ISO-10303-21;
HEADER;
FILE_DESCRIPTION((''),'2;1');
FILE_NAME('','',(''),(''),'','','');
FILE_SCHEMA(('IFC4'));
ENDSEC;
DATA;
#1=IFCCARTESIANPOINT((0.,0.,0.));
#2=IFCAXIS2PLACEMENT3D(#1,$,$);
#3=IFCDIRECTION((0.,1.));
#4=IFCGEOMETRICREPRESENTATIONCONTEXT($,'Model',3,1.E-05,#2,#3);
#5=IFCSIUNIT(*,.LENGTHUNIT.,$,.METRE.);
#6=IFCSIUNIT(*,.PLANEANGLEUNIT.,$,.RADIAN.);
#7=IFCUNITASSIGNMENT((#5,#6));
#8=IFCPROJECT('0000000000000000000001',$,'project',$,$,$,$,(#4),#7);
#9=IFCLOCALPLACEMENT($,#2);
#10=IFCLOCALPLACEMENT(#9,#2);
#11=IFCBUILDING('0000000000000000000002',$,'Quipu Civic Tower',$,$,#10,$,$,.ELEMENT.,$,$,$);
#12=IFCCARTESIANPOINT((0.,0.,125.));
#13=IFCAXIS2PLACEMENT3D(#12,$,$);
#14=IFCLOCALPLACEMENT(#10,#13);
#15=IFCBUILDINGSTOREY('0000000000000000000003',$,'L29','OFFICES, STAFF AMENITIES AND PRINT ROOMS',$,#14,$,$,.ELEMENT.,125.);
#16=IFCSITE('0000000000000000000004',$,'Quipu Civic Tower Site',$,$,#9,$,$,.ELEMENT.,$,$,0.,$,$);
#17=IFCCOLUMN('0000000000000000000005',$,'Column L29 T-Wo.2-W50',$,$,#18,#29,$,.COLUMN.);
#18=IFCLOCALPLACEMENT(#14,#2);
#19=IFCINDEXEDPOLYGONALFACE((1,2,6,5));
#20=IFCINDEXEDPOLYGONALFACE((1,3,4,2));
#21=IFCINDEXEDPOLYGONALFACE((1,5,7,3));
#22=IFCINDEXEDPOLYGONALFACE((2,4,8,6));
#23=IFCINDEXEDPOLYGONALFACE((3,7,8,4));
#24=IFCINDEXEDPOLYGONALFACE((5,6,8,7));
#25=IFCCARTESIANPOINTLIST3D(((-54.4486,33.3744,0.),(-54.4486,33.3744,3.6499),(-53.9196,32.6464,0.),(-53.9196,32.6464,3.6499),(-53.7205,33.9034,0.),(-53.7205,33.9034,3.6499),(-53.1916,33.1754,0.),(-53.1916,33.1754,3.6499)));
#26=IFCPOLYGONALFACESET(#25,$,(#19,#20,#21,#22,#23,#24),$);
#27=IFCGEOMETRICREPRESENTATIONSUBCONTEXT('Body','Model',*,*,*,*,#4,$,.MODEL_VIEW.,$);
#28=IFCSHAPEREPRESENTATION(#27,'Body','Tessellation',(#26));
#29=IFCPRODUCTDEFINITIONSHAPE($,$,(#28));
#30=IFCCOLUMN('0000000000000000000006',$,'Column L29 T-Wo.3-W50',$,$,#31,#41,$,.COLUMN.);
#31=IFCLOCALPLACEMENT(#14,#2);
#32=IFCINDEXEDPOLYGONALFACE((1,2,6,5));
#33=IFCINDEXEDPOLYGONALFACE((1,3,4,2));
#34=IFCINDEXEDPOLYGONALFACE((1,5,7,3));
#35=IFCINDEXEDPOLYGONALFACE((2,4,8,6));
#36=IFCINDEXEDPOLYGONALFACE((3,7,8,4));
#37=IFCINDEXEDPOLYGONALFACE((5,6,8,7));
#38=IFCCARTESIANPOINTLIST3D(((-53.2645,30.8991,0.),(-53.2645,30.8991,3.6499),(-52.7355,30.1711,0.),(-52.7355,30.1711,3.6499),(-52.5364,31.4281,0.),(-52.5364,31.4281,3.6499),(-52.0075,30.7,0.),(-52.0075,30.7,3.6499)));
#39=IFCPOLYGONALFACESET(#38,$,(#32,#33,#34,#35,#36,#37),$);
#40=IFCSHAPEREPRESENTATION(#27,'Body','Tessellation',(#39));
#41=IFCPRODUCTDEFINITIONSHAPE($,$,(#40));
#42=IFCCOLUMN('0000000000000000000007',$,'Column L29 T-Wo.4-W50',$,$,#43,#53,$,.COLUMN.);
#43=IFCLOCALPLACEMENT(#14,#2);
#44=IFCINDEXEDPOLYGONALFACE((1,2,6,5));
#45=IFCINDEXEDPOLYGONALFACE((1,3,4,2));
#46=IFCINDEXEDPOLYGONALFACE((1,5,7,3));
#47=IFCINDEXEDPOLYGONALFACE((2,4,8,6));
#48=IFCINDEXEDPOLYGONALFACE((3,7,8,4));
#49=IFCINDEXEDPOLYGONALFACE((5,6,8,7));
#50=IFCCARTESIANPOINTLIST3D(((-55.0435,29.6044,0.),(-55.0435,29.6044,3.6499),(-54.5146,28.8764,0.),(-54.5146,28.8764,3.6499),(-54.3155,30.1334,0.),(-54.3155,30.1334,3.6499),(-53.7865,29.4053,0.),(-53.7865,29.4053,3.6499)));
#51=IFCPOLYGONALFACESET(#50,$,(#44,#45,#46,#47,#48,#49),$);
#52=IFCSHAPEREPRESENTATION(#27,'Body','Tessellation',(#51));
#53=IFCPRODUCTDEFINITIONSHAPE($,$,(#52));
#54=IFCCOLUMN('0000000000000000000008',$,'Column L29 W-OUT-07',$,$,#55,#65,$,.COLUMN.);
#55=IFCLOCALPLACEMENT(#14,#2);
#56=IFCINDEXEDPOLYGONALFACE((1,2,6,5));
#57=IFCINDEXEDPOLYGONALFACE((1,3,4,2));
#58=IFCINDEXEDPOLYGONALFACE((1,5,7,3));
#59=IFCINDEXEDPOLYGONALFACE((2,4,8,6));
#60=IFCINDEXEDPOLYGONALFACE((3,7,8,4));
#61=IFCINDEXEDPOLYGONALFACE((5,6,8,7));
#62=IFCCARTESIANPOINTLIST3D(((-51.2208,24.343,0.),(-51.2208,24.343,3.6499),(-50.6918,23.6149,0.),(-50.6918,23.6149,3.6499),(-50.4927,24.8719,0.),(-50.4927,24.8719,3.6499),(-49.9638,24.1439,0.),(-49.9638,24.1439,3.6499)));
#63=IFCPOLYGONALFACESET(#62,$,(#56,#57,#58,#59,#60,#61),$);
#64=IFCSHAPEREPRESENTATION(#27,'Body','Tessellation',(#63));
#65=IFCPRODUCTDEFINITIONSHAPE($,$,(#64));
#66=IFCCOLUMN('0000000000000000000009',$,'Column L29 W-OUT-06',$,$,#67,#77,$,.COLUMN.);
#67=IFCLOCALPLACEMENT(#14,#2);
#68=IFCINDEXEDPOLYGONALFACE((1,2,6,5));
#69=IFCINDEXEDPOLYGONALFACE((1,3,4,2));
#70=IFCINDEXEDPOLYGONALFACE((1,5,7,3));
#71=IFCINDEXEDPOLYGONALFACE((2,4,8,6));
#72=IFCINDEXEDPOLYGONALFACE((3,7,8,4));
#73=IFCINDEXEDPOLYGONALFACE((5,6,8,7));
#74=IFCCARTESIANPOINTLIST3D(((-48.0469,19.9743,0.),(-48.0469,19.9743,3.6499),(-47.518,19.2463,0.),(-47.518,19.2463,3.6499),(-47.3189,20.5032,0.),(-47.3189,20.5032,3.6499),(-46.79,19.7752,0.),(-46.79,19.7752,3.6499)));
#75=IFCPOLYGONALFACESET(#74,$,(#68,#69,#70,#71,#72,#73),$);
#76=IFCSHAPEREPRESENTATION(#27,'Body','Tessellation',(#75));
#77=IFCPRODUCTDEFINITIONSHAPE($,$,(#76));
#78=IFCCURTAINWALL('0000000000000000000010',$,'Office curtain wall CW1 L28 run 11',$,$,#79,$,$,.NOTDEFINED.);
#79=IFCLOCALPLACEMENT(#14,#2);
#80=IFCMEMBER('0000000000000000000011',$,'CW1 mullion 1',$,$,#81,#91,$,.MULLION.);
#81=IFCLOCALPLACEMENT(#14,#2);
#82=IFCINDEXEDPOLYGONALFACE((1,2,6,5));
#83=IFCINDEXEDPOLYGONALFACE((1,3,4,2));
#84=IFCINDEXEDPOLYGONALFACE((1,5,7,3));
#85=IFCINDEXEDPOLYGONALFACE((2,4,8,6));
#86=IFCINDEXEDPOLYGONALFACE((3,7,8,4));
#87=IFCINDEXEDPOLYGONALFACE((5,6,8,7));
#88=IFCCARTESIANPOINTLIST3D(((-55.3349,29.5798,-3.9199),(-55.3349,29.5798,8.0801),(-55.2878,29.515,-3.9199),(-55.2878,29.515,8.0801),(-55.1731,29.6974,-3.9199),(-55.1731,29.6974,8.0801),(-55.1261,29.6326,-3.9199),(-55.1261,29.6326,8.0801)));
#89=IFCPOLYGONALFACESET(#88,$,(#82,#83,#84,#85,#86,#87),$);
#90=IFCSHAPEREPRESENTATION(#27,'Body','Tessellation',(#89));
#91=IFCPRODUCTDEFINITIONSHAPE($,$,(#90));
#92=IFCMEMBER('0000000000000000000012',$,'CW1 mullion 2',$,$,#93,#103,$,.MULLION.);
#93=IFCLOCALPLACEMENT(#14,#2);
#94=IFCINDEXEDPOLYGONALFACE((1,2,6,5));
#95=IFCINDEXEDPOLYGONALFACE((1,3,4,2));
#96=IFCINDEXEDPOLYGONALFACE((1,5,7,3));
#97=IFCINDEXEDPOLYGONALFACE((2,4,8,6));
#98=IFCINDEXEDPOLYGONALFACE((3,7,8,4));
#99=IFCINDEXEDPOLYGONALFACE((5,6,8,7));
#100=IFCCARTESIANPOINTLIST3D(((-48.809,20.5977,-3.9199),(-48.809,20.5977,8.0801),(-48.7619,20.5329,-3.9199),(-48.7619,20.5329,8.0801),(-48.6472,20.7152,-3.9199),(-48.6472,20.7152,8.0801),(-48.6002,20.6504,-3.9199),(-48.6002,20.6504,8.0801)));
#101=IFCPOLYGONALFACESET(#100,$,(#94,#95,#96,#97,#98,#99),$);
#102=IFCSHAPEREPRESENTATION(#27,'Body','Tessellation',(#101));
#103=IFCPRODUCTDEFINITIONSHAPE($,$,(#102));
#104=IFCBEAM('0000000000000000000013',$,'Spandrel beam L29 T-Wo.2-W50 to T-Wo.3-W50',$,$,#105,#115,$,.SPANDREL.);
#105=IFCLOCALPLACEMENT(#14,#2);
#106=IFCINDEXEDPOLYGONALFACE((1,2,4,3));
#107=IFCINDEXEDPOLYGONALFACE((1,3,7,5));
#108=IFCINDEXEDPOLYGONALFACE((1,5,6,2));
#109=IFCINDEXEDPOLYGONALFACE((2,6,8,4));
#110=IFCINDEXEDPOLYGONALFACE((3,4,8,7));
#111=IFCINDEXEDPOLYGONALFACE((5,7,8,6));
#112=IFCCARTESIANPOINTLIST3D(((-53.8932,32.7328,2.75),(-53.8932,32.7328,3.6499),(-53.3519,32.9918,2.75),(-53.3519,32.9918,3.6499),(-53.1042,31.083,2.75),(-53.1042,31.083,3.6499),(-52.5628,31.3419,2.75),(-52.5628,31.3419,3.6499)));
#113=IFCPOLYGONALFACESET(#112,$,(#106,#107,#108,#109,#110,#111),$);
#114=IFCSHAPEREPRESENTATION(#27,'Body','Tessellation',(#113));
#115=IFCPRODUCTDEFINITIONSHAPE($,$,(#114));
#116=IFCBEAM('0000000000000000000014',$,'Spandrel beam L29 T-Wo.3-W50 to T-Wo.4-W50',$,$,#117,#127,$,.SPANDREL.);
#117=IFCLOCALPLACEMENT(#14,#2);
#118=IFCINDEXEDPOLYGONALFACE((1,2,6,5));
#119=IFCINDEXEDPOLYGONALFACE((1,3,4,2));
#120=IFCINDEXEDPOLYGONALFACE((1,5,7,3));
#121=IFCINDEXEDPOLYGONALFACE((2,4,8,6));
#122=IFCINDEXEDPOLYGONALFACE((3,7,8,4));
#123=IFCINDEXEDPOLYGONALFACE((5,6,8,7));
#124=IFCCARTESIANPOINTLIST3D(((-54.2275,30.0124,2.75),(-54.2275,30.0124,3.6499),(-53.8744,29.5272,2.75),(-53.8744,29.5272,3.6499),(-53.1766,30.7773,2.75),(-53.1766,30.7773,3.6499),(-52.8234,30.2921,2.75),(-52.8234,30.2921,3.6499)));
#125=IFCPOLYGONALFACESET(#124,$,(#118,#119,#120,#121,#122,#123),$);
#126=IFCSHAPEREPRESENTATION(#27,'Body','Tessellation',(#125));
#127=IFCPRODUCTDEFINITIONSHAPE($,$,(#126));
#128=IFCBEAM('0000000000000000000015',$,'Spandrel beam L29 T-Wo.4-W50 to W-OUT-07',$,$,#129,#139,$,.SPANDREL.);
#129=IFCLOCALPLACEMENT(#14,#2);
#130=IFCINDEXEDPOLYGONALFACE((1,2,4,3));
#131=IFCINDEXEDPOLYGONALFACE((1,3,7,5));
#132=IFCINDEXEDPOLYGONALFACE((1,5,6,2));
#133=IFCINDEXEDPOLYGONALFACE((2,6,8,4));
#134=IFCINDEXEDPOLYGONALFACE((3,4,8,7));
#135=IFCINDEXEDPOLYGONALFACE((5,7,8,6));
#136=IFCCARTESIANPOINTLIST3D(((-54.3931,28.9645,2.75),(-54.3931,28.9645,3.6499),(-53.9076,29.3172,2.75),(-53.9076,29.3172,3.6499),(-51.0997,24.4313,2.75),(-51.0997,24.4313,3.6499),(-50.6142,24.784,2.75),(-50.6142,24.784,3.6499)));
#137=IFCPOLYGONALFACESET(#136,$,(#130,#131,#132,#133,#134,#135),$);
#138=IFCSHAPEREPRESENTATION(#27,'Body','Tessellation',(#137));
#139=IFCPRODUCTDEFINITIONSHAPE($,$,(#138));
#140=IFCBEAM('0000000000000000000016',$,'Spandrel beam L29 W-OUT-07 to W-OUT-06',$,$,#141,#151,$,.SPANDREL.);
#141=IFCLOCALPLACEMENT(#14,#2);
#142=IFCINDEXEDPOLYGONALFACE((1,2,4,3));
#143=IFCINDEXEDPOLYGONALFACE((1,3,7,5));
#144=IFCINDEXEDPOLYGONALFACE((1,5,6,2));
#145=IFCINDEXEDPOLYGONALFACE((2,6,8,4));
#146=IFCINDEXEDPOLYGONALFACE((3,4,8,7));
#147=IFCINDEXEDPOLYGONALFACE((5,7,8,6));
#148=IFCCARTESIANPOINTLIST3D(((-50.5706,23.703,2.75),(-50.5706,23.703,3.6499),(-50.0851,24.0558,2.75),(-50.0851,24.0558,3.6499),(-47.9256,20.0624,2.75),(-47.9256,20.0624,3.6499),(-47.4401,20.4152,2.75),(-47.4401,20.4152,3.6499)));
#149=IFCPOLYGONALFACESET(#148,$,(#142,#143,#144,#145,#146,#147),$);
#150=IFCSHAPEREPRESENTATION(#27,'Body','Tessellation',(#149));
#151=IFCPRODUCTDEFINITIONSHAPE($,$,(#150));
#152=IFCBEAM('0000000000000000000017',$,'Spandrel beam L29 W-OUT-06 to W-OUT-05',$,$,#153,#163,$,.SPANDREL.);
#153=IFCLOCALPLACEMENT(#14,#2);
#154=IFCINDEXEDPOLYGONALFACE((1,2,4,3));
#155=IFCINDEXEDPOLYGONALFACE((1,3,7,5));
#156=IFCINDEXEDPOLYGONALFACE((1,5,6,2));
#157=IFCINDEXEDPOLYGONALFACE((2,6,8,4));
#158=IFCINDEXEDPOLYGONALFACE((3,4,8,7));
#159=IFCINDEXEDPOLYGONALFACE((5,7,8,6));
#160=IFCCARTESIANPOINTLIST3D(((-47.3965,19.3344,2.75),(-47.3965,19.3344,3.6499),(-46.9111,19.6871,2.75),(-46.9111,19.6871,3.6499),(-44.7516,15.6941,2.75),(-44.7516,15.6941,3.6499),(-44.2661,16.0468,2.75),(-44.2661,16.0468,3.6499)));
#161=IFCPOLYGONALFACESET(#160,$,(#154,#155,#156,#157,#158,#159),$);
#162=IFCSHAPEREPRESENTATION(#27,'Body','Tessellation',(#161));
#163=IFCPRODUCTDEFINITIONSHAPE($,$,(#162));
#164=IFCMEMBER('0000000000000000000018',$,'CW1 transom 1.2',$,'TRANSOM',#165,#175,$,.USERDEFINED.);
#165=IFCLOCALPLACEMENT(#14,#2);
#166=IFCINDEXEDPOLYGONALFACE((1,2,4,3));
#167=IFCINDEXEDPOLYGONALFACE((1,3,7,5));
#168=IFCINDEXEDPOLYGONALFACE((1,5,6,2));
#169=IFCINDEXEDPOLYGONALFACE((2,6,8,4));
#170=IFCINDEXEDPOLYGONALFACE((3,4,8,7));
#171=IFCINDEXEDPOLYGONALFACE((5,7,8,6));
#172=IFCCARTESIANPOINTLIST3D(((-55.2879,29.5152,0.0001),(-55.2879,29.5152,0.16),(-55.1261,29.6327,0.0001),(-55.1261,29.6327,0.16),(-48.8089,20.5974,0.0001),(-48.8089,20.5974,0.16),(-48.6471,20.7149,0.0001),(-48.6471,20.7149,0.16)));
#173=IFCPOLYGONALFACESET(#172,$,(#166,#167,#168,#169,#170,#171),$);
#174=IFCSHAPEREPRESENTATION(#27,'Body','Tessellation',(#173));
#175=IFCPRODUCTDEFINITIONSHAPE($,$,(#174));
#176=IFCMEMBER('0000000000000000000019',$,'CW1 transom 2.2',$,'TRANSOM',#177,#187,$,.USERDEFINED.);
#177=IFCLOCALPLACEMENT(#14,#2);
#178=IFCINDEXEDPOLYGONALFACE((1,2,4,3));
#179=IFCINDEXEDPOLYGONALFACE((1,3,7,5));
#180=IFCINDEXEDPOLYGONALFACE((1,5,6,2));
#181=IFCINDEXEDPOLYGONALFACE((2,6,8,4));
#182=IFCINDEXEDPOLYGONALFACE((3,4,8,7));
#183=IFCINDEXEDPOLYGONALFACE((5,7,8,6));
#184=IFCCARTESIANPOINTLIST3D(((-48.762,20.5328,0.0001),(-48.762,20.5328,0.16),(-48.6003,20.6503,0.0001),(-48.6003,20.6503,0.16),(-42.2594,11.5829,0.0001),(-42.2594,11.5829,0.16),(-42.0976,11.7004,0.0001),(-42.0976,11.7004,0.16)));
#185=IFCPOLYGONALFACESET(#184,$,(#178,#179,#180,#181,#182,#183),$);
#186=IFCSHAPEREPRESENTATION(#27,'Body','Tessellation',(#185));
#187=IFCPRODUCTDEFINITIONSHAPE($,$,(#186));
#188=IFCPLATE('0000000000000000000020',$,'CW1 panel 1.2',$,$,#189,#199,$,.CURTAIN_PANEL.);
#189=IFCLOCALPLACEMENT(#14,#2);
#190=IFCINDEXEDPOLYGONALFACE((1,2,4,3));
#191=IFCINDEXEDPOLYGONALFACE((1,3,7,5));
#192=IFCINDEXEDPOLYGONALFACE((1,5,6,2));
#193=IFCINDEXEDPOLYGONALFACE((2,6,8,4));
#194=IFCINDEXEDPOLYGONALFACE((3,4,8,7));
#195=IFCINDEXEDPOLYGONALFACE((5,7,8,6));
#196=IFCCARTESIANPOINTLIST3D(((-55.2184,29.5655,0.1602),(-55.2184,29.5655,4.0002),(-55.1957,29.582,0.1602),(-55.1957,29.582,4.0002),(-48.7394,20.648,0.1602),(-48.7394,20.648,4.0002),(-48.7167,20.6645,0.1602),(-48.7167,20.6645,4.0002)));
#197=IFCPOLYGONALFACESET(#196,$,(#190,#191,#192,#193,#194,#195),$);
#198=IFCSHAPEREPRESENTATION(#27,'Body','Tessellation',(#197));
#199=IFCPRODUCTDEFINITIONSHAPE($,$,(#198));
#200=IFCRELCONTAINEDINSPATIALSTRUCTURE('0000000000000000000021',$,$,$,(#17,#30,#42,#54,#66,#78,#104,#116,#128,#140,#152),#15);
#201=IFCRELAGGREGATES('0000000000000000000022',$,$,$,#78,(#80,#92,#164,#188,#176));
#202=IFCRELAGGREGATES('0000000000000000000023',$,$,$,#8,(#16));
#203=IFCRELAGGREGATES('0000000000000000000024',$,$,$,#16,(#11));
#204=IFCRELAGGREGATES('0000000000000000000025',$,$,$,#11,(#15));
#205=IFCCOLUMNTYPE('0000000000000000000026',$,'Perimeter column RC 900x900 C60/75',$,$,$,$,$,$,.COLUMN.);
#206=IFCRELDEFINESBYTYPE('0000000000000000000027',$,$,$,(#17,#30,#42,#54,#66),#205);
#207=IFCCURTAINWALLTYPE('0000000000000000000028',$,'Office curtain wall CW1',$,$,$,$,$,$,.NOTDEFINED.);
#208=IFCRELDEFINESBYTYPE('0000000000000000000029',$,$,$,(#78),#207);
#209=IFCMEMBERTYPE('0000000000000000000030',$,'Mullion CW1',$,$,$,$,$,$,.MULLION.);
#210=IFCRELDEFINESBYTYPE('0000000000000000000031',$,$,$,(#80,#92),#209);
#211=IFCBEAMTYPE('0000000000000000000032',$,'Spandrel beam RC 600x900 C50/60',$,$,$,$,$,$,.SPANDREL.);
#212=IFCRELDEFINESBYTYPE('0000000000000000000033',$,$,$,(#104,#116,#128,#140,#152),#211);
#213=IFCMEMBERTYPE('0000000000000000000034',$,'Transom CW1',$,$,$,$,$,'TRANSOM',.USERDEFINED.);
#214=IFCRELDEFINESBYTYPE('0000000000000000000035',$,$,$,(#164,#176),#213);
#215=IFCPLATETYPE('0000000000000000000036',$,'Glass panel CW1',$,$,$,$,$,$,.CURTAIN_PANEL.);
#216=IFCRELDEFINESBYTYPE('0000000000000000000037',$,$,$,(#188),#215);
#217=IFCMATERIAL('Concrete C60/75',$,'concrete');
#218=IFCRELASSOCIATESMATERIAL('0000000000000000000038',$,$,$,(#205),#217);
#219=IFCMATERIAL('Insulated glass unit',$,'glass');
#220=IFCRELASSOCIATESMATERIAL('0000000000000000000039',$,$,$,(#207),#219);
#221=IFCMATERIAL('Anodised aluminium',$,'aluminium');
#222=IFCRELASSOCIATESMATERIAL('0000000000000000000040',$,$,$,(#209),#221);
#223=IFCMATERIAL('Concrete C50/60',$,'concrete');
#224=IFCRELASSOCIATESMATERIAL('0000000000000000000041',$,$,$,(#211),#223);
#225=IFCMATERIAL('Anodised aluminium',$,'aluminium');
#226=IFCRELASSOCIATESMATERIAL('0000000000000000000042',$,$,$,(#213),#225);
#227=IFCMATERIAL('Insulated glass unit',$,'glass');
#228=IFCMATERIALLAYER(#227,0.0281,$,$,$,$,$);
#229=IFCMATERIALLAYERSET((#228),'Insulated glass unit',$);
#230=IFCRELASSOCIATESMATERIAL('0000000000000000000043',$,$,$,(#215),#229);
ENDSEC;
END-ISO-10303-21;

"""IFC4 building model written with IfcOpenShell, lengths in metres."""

from ifc_helpers import new_model, si_unit, direction, frame, origin, origin_2d, place, context, subcontext, project, spatial, rectangle, extrude, material, layer, layer_set, material_profile, profile_set, type_object, element, aggregate, save


model = new_model("IFC4")

# Units and contexts
model_context = context("Model", 3, precision=1e-05, world=origin(), true_north=direction((0.0, 1.0)))
body_context = subcontext(model_context, "Body", "Model", "MODEL_VIEW")
ifc_project = project(units=[si_unit("LENGTHUNIT", "METRE"), si_unit("PLANEANGLEUNIT", "RADIAN")], contexts=[model_context])

# Site, building, storey
site_placement = place(None, origin())
site = spatial("IfcSite", under=ifc_project, at=site_placement, Name="Quipu Civic Tower Site", CompositionType="ELEMENT", RefElevation=0.0)
building_placement = place(site_placement, origin())
building = spatial("IfcBuilding", under=site, at=building_placement, Name="Quipu Civic Tower", CompositionType="ELEMENT")
storey_placement = place(building_placement, frame((0.0, 0.0, 125.0)))
storey = spatial("IfcBuildingStorey", under=building, at=storey_placement, Name="L29", Description="OFFICES, STAFF AMENITIES AND PRINT ROOMS", CompositionType="ELEMENT", Elevation=125.0)

# Columns
ifc_material_1 = material(Name="Concrete C60/75", Category="concrete")
ifc_material_profile_1 = material_profile(ifc_material_1, rectangle(XDim=0.8999, YDim=0.8999, at=origin_2d()), Name="RC900x900")
ifc_profile_set_1 = profile_set([ifc_material_profile_1], Name="Concrete C60/75")
column_type = type_object("IfcColumnType", Name="Perimeter column RC 900x900 C60/75", PredefinedType="COLUMN", material=ifc_profile_set_1)
for number, where, z_axis, x_axis, name in (
    (1, (-53.8201, 33.2749, 0.0), (0.0, 0.0, 1.0), (0.587785, -0.809017, 0.0), "Column L29 T-Wo.2-W50"),
    (2, (-52.636, 30.7996, 0.0), (0.0, 0.0, 1.0), (-0.809017, -0.587785, 0.0), "Column L29 T-Wo.3-W50"),
    (3, (-54.415, 29.5049, 0.0), (0.0, 0.0, 1.0), (0.587785, -0.809017, 0.0), "Column L29 T-Wo.4-W50"),
    (4, (-50.5923, 24.2434, 0.0), (0.0, 0.0, 1.0), (0.587785, -0.809017, 0.0), "Column L29 W-OUT-07"),
    (5, (-47.4185, 19.8748, 0.0), (0.0, 0.0, 1.0), (0.587785, -0.809017, 0.0), "Column L29 W-OUT-06"),
):
    element("IfcColumn", number, at=place(storey_placement, frame(where, z_axis=z_axis, x_axis=x_axis)), inside=storey, type_object=column_type, Name=name, PredefinedType="COLUMN", context=body_context, shape_type="SweptSolid", body=[
        extrude(rectangle(XDim=0.8999, YDim=0.8999, at=origin_2d()), origin(), (0.0, 0.0, 1.0), 3.6499),
    ])

# Curtain wall, members
ifc_material_2 = material(Name="Insulated glass unit", Category="glass")
curtain_wall_type = type_object("IfcCurtainWallType", Name="Office curtain wall CW1", PredefinedType="NOTDEFINED", material=ifc_material_2)
curtain_wall_placement = place(storey_placement, origin())
curtain_wall = element("IfcCurtainWall", 6, at=curtain_wall_placement, inside=storey, type_object=curtain_wall_type, Name="Office curtain wall CW1 L28 run 11", PredefinedType="NOTDEFINED")
ifc_material_3 = material(Name="Anodised aluminium", Category="aluminium")
ifc_material_profile_2 = material_profile(ifc_material_3, rectangle(XDim=0.2, YDim=0.0801, at=origin_2d()), Name="RECT 200x80")
ifc_profile_set_2 = profile_set([ifc_material_profile_2], Name="Anodised aluminium")
member_type_1 = type_object("IfcMemberType", Name="Mullion CW1", PredefinedType="MULLION", material=ifc_profile_set_2)
member_1_placement = place(storey_placement, frame((-55.2305, 29.6062, -3.9199), z_axis=(0.0, 0.0, 1.0), x_axis=(0.809017, 0.587786, 0.0)))
member_1 = element("IfcMember", 7, at=member_1_placement, type_object=member_type_1, Name="CW1 mullion 1", PredefinedType="MULLION", context=body_context, shape_type="SweptSolid", body=[
    extrude(rectangle(XDim=0.2, YDim=0.0801, at=origin_2d()), origin(), (0.0, 0.0, 1.0), 12.0),
])
member_2_placement = place(storey_placement, frame((-48.7046, 20.624, -3.9199), z_axis=(0.0, 0.0, 1.0), x_axis=(0.809017, 0.587786, 0.0)))
member_2 = element("IfcMember", 8, at=member_2_placement, type_object=member_type_1, Name="CW1 mullion 2", PredefinedType="MULLION", context=body_context, shape_type="SweptSolid", body=[
    extrude(rectangle(XDim=0.2, YDim=0.0801, at=origin_2d()), origin(), (0.0, 0.0, 1.0), 12.0),
])

# Beams
ifc_material_4 = material(Name="Concrete C50/60", Category="concrete")
ifc_material_profile_3 = material_profile(ifc_material_4, rectangle(XDim=0.6001, YDim=0.8999, at=origin_2d()), Name="RC600x900")
ifc_profile_set_3 = profile_set([ifc_material_profile_3], Name="Concrete C50/60")
beam_type = type_object("IfcBeamType", Name="Spandrel beam RC 600x900 C50/60", PredefinedType="SPANDREL", material=ifc_profile_set_3)
beam_1_placement = place(storey_placement, frame((-53.6226, 32.8623, 3.2), z_axis=(0.431446, -0.902139, 0.0), x_axis=(0.902139, 0.431446, 0.0)))
element("IfcBeam", 9, at=beam_1_placement, inside=storey, type_object=beam_type, Name="Spandrel beam L29 T-Wo.2-W50 to T-Wo.3-W50", PredefinedType="SPANDREL", context=body_context, shape_type="SweptSolid", body=[
    extrude(rectangle(XDim=0.6001, YDim=0.8999, at=origin_2d()), origin(), (0.0, 0.0, 1.0), 1.8289),
])
beam_2_placement = place(storey_placement, frame((-53.0, 30.5347, 3.2), z_axis=(-0.808549, -0.588429, 0.0), x_axis=(0.588429, -0.808549, 0.0)))
element("IfcBeam", 10, at=beam_2_placement, inside=storey, type_object=beam_type, Name="Spandrel beam L29 T-Wo.3-W50 to T-Wo.4-W50", PredefinedType="SPANDREL", context=body_context, shape_type="SweptSolid", body=[
    extrude(rectangle(XDim=0.6001, YDim=0.8999, at=origin_2d()), origin(), (0.0, 0.0, 1.0), 1.2998),
])
beam_3_placement = place(storey_placement, frame((-54.1504, 29.1409, 3.2), z_axis=(0.587773, -0.809026, 0.0), x_axis=(0.809026, 0.587773, 0.0)))
element("IfcBeam", 11, at=beam_3_placement, inside=storey, type_object=beam_type, Name="Spandrel beam L29 T-Wo.4-W50 to W-OUT-07", PredefinedType="SPANDREL", context=body_context, shape_type="SweptSolid", body=[
    extrude(rectangle(XDim=0.6001, YDim=0.8999, at=origin_2d()), origin(), (0.0, 0.0, 1.0), 5.6033),
])
beam_4_placement = place(storey_placement, frame((-50.3279, 23.8794, 3.2), z_axis=(0.587778, -0.809022, 0.0), x_axis=(0.809022, 0.587778, 0.0)))
element("IfcBeam", 12, at=beam_4_placement, inside=storey, type_object=beam_type, Name="Spandrel beam L29 W-OUT-07 to W-OUT-06", PredefinedType="SPANDREL", context=body_context, shape_type="SweptSolid", body=[
    extrude(rectangle(XDim=0.6001, YDim=0.8999, at=origin_2d()), origin(), (0.0, 0.0, 1.0), 4.5),
])
beam_5_placement = place(storey_placement, frame((-47.1538, 19.5107, 3.2), z_axis=(0.587804, -0.809003, 0.0), x_axis=(0.809003, 0.587804, 0.0)))
element("IfcBeam", 13, at=beam_5_placement, inside=storey, type_object=beam_type, Name="Spandrel beam L29 W-OUT-06 to W-OUT-05", PredefinedType="SPANDREL", context=body_context, shape_type="SweptSolid", body=[
    extrude(rectangle(XDim=0.6001, YDim=0.8999, at=origin_2d()), origin(), (0.0, 0.0, 1.0), 4.4998),
])

# Members
ifc_material_5 = material(Name="Anodised aluminium", Category="aluminium")
ifc_material_profile_4 = material_profile(ifc_material_5, rectangle(XDim=0.2, YDim=0.1599, at=origin_2d()), Name="RECT 200x160")
ifc_profile_set_4 = profile_set([ifc_material_profile_4], Name="Anodised aluminium")
member_type_2 = type_object("IfcMemberType", Name="Transom CW1", ElementType="TRANSOM", PredefinedType="USERDEFINED", material=ifc_profile_set_4)
member_3_placement = place(storey_placement, frame((-55.207, 29.574, 0.0801), z_axis=(0.587779, -0.809021, 0.0), x_axis=(0.809021, 0.587779, 0.0)))
member_3 = element("IfcMember", 14, at=member_3_placement, type_object=member_type_2, Name="CW1 transom 1.2", ObjectType="TRANSOM", PredefinedType="USERDEFINED", context=body_context, shape_type="SweptSolid", body=[
    extrude(rectangle(XDim=0.2, YDim=0.1599, at=origin_2d()), origin(), (0.0, 0.0, 1.0), 11.0229),
])
member_4_placement = place(storey_placement, frame((-48.6812, 20.5916, 0.0801), z_axis=(0.587795, -0.80901, 0.0), x_axis=(0.80901, 0.587795, 0.0)))
member_4 = element("IfcMember", 15, at=member_4_placement, type_object=member_type_2, Name="CW1 transom 2.2", ObjectType="TRANSOM", PredefinedType="USERDEFINED", context=body_context, shape_type="SweptSolid", body=[
    extrude(rectangle(XDim=0.2, YDim=0.1599, at=origin_2d()), origin(), (0.0, 0.0, 1.0), 11.0627),
])

# Plate
ifc_material_6 = material(Name="Insulated glass unit", Category="glass")
ifc_layer_1 = layer(ifc_material_6, 0.0281)
ifc_layer_set_1 = layer_set([ifc_layer_1], Name="Insulated glass unit")
plate_type_1 = type_object("IfcPlateType", Name="Glass panel CW1", PredefinedType="CURTAIN_PANEL", material=ifc_layer_set_1)
plate_placement = place(storey_placement, frame((-51.9675, 25.115, 0.1602), z_axis=(0.0, 0.0, 1.0), x_axis=(0.587786, -0.809017, 0.0)))
plate = element("IfcPlate", 16, at=plate_placement, type_object=plate_type_1, Name="CW1 panel 1.2", PredefinedType="CURTAIN_PANEL", context=body_context, shape_type="SweptSolid", body=[
    extrude(rectangle(XDim=11.0227, YDim=0.0281, at=origin_2d()), origin(), (0.0, 0.0, 1.0), 3.8401),
])
aggregate(curtain_wall, [member_1, member_2, member_3, plate, member_4])

save(model, "model.ifc")
